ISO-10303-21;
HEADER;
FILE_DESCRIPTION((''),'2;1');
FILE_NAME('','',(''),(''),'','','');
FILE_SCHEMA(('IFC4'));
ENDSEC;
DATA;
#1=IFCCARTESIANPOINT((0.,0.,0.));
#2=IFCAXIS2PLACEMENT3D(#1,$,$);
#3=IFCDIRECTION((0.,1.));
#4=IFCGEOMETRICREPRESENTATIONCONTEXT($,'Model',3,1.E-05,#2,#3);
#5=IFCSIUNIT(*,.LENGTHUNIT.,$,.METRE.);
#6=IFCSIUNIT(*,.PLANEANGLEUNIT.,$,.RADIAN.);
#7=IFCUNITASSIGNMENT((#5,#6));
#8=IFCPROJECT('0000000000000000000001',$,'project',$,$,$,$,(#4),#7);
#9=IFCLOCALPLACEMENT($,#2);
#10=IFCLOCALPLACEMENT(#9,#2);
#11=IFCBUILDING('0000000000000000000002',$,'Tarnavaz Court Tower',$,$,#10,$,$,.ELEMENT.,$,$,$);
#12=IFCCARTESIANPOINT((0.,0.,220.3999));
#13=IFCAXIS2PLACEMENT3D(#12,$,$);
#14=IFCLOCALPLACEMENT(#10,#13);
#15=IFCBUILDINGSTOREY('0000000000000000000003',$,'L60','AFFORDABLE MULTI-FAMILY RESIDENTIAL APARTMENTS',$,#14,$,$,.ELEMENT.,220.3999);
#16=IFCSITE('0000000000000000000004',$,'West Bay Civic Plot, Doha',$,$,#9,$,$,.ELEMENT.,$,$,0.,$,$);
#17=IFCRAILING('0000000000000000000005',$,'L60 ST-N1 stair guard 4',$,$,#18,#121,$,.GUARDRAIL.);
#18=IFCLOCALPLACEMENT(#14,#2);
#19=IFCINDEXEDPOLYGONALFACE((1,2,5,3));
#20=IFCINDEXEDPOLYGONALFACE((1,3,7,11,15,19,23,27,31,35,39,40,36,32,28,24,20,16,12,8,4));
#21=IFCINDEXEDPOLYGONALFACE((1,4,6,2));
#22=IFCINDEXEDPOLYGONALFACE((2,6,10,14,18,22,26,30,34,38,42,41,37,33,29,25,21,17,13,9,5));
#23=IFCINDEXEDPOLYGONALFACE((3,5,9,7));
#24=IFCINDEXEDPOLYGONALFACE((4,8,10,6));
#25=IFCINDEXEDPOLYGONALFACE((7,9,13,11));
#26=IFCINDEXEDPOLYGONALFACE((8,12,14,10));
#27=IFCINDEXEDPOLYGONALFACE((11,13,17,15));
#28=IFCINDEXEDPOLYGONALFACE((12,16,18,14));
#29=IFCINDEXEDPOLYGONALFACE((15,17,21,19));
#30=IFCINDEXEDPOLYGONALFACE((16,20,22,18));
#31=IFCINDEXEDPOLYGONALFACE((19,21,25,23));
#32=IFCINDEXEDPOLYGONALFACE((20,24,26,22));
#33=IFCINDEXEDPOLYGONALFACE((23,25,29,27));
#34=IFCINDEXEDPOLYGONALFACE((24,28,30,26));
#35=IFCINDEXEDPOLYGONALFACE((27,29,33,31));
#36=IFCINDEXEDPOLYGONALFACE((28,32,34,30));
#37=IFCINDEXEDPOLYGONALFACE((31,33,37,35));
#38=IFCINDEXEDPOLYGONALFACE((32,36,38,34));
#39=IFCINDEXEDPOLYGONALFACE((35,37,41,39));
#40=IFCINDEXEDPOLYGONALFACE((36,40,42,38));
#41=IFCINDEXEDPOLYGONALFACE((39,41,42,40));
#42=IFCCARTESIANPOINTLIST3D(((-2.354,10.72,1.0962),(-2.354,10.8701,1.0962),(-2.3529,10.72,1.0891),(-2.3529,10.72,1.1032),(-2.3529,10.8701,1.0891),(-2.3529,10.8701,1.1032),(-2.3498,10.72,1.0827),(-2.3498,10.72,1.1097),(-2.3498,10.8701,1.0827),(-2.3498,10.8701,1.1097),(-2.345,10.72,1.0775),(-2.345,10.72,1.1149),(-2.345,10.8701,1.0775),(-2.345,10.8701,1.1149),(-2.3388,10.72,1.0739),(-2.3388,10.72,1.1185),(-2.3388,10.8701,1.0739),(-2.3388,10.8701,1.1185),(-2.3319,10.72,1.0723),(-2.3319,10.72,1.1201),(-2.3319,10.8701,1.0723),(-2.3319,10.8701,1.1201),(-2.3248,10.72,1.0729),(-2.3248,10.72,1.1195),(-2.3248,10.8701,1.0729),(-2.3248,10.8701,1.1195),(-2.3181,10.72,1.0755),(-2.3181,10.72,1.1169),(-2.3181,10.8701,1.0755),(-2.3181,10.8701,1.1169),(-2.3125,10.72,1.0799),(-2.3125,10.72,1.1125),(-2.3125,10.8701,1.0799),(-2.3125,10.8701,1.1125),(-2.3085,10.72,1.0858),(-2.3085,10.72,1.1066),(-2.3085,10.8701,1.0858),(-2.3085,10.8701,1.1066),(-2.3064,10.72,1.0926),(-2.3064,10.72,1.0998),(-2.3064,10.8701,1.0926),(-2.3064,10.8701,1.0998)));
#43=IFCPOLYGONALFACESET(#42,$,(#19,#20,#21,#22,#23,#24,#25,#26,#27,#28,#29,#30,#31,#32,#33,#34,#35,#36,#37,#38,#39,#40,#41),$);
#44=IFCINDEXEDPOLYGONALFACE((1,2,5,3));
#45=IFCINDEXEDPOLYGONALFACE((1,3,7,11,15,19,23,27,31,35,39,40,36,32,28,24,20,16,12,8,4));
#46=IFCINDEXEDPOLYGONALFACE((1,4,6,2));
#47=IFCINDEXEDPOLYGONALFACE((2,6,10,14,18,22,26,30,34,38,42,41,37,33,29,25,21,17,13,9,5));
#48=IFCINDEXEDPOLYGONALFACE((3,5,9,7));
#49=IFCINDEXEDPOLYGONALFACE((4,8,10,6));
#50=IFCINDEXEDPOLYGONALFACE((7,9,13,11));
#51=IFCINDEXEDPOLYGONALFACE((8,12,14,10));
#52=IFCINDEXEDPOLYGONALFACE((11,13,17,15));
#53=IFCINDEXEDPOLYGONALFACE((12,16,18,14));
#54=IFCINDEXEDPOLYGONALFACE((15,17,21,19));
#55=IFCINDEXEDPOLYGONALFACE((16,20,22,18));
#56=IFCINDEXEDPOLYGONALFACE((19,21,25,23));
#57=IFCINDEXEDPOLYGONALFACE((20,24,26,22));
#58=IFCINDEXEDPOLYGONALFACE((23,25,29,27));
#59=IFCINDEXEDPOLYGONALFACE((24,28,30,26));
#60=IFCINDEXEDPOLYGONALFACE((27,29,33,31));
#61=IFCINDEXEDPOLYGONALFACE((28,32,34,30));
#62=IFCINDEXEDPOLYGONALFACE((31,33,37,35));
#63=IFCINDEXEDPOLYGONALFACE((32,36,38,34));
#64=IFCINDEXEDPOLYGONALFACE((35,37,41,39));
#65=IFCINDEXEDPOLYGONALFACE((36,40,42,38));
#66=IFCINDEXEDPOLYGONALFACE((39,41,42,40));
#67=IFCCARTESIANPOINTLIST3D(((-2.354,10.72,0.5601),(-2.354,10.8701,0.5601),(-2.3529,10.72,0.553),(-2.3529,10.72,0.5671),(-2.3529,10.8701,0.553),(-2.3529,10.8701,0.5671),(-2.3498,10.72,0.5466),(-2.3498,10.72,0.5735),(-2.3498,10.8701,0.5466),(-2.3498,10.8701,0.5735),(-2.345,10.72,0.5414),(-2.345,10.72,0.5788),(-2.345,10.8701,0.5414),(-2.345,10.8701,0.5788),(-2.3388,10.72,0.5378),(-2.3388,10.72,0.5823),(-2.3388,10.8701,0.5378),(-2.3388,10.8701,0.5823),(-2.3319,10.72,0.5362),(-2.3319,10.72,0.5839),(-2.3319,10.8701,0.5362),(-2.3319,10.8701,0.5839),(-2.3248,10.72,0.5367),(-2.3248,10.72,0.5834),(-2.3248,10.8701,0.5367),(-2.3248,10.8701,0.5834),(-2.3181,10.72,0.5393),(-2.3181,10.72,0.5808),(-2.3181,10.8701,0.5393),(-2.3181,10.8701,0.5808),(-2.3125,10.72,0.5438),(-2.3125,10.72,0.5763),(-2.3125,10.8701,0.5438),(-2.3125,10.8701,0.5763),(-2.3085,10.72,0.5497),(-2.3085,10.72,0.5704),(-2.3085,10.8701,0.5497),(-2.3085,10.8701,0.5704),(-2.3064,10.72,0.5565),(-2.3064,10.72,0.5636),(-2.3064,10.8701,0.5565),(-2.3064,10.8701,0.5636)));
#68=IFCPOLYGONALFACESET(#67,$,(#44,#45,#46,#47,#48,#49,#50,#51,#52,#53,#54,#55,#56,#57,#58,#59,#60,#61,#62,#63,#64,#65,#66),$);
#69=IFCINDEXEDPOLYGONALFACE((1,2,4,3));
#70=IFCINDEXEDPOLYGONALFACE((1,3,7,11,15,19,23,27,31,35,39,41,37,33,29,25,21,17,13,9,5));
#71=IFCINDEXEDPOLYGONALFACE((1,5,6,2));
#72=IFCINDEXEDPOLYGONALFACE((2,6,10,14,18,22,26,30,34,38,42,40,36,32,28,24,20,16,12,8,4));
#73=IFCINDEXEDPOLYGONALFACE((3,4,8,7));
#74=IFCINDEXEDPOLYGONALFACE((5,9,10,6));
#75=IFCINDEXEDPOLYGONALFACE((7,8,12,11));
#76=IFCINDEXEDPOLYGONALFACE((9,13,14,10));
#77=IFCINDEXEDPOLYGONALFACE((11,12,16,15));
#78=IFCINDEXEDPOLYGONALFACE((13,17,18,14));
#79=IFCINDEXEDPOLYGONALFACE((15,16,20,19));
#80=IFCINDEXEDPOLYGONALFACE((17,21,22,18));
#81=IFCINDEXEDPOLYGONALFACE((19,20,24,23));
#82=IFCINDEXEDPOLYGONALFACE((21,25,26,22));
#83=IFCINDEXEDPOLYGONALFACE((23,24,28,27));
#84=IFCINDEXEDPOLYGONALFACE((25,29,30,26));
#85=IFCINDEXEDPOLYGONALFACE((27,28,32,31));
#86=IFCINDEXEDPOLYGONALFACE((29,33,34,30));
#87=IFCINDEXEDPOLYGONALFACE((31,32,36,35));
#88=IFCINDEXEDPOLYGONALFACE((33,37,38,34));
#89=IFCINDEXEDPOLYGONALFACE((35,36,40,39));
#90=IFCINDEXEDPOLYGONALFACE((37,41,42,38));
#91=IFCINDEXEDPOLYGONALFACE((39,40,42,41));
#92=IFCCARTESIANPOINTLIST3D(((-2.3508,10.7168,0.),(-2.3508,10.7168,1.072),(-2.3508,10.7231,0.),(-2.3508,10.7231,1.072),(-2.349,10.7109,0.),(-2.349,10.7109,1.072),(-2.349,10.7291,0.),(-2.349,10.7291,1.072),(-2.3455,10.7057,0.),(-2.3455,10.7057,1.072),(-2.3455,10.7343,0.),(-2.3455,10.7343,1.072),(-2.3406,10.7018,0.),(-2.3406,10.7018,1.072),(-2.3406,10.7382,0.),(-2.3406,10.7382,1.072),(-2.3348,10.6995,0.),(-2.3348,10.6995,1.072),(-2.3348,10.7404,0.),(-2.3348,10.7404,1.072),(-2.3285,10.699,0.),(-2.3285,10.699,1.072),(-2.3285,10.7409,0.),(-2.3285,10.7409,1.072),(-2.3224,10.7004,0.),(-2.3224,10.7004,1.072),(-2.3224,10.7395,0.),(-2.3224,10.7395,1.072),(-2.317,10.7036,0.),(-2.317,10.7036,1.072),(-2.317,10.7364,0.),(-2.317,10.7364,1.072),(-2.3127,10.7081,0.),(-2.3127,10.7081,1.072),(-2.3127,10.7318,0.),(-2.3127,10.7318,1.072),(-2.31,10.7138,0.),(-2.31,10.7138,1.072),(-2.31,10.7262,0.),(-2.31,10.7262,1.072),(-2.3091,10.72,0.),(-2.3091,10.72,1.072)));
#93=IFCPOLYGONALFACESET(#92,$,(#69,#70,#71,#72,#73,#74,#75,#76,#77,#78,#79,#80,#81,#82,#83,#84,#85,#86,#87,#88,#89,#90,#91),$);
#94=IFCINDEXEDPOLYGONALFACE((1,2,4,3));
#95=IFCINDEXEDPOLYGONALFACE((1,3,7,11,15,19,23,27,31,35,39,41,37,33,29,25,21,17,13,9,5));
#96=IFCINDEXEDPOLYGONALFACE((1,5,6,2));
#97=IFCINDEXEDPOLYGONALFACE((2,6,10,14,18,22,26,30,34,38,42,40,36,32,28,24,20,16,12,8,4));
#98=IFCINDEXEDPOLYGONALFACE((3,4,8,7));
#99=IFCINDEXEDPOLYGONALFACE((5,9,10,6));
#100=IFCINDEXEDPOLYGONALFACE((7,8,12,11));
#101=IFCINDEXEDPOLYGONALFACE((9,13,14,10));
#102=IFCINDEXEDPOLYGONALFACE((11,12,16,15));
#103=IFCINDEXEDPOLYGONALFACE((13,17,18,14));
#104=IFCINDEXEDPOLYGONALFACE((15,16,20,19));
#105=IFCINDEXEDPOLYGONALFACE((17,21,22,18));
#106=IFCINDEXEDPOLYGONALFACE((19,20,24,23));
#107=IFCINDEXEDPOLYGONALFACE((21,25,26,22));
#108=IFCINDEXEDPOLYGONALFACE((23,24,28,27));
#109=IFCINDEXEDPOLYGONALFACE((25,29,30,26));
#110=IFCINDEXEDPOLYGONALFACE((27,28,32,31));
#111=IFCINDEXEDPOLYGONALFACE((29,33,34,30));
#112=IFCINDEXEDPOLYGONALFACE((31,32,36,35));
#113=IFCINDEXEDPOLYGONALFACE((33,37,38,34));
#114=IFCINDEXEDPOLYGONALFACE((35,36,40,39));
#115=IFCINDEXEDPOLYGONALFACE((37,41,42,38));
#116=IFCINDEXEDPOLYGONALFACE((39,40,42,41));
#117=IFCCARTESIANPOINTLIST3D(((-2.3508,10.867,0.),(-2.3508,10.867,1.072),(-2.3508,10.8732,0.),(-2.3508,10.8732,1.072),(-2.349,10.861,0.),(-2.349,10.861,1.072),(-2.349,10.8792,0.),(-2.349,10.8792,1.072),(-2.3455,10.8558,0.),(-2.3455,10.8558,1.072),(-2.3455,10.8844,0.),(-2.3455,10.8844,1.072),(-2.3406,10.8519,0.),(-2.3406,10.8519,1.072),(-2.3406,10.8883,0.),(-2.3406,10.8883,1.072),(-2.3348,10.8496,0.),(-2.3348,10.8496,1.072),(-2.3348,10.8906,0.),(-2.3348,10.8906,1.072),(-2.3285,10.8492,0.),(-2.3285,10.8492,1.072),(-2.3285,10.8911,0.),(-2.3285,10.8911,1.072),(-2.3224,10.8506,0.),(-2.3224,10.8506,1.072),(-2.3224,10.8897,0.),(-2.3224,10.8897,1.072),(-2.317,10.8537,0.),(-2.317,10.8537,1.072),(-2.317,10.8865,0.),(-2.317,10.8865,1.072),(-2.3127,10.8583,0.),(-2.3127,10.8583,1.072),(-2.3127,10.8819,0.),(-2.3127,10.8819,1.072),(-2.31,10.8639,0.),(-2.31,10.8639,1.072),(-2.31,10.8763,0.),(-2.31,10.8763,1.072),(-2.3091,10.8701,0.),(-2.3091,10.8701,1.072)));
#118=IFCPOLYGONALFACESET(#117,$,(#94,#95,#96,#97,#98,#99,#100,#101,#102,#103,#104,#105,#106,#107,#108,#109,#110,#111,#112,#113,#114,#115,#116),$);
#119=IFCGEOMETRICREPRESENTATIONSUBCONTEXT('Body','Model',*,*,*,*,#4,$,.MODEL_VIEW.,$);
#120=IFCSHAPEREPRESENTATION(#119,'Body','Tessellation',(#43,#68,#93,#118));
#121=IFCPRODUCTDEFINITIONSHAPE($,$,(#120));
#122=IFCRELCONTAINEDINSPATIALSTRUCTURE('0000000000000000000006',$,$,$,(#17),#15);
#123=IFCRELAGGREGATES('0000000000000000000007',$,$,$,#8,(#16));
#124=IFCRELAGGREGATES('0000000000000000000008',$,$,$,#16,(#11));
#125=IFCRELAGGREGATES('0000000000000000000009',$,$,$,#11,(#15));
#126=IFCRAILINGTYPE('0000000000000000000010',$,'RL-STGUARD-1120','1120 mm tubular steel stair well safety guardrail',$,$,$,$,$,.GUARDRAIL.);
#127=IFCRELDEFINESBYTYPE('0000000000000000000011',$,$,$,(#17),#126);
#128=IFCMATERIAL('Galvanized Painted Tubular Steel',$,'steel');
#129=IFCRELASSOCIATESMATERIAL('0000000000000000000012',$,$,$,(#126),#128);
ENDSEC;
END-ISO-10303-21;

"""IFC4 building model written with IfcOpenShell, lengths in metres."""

from ifc_helpers import new_model, si_unit, direction, frame, origin, origin_2d, place, context, subcontext, project, spatial, circle, extrude, material, type_object, element, save


model = new_model("IFC4")

# Units and contexts
model_context = context("Model", 3, precision=1e-05, world=origin(), true_north=direction((0.0, 1.0)))
body_context = subcontext(model_context, "Body", "Model", "MODEL_VIEW")
ifc_project = project(units=[si_unit("LENGTHUNIT", "METRE"), si_unit("PLANEANGLEUNIT", "RADIAN")], contexts=[model_context])

# Site, building, storey
site_placement = place(None, origin())
site = spatial("IfcSite", under=ifc_project, at=site_placement, Name="West Bay Civic Plot, Doha", CompositionType="ELEMENT", RefElevation=0.0)
building_placement = place(site_placement, origin())
building = spatial("IfcBuilding", under=site, at=building_placement, Name="Tarnavaz Court Tower", CompositionType="ELEMENT")
storey_placement = place(building_placement, frame((0.0, 0.0, 220.3999)))
storey = spatial("IfcBuildingStorey", under=building, at=storey_placement, Name="L60", Description="AFFORDABLE MULTI-FAMILY RESIDENTIAL APARTMENTS", CompositionType="ELEMENT", Elevation=220.3999)

# Railing
ifc_material_1 = material(Name="Galvanized Painted Tubular Steel", Category="steel")
railing_type_1 = type_object("IfcRailingType", Name="RL-STGUARD-1120", Description="1120 mm tubular steel stair well safety guardrail", PredefinedType="GUARDRAIL", material=ifc_material_1)
railing_1_placement = place(storey_placement, frame((-2.3301, 10.72, 0.0)))
element("IfcRailing", 1, at=railing_1_placement, inside=storey, type_object=railing_type_1, Name="L60 ST-N1 stair guard 4", PredefinedType="GUARDRAIL", context=body_context, shape_type="SweptSolid", body=[
    extrude(circle(Radius=0.0239, at=origin_2d()), frame((0.0, 0.0, 1.0962), z_axis=(0.0, 1.0, 0.0), x_axis=(-1.0, 0.0, 0.0)), (0.0, 0.0, 1.0), 0.1501),
    extrude(circle(Radius=0.0239, at=origin_2d()), frame((0.0, 0.0, 0.5601), z_axis=(0.0, 1.0, 0.0), x_axis=(-1.0, 0.0, 0.0)), (0.0, 0.0, 1.0), 0.1501),
    extrude(circle(Radius=0.021, at=origin_2d()), origin(), (0.0, 0.0, 1.0), 1.072),
    extrude(circle(Radius=0.021, at=origin_2d()), frame((0.0, 0.1501, 0.0)), (0.0, 0.0, 1.0), 1.072),
])

save(model, "model.ifc")
